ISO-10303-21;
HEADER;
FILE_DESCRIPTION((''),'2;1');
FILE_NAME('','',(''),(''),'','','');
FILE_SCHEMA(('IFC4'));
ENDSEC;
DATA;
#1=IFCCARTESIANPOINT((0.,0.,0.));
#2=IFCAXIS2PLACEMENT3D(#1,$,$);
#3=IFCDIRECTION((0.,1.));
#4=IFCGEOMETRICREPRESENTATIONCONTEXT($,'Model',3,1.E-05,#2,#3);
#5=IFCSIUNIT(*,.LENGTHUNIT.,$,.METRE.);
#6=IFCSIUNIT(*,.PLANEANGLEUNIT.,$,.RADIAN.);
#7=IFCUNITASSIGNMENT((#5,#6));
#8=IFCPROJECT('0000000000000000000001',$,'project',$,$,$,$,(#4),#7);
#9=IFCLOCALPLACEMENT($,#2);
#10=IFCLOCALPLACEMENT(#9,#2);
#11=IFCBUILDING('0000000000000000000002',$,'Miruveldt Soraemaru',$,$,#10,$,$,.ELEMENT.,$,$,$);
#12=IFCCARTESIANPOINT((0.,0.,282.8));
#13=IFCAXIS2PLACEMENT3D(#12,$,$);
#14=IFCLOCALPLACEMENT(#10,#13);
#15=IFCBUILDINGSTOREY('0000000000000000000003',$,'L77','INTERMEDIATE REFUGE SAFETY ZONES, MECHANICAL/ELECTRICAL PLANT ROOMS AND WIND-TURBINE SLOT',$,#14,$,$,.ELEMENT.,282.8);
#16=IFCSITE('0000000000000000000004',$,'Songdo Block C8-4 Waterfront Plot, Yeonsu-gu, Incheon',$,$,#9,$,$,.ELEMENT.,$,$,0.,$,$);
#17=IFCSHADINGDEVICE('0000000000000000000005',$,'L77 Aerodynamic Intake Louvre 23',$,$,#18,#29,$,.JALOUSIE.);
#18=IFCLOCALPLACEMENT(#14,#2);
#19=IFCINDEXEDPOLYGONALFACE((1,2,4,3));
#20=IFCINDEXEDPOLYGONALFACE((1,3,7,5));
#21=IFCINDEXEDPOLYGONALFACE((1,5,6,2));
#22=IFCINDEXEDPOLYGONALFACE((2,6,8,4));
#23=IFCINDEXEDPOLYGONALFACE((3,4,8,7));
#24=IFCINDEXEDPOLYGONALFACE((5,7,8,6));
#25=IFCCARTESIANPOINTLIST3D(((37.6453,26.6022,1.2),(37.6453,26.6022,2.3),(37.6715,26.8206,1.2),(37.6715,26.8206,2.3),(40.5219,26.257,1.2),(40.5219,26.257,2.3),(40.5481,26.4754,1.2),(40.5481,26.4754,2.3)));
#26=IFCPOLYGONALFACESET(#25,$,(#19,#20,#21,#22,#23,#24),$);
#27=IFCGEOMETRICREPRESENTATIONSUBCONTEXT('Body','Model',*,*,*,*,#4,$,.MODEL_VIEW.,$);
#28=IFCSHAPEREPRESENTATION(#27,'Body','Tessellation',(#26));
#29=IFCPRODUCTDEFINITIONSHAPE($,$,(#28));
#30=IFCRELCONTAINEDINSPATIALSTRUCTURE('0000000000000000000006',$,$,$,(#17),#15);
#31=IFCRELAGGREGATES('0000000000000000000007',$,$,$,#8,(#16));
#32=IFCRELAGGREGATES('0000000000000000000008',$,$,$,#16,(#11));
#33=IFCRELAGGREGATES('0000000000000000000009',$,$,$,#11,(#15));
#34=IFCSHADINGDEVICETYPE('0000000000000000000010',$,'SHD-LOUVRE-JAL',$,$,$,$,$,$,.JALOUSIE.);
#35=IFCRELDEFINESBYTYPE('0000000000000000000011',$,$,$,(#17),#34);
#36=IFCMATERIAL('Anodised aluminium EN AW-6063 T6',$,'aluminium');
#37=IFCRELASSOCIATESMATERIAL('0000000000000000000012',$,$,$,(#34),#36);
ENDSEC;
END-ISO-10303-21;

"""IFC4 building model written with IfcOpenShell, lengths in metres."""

from ifc_helpers import new_model, si_unit, direction, frame, origin, origin_2d, place, context, subcontext, project, spatial, rectangle, extrude, material, type_object, element, save


model = new_model("IFC4")

# Units and contexts
model_context = context("Model", 3, precision=1e-05, world=origin(), true_north=direction((0.0, 1.0)))
body_context = subcontext(model_context, "Body", "Model", "MODEL_VIEW")
ifc_project = project(units=[si_unit("LENGTHUNIT", "METRE"), si_unit("PLANEANGLEUNIT", "RADIAN")], contexts=[model_context])

# Site, building, storey
site_placement = place(None, origin())
site = spatial("IfcSite", under=ifc_project, at=site_placement, Name="Songdo Block C8-4 Waterfront Plot, Yeonsu-gu, Incheon", CompositionType="ELEMENT", RefElevation=0.0)
building_placement = place(site_placement, origin())
building = spatial("IfcBuilding", under=site, at=building_placement, Name="Miruveldt Soraemaru", CompositionType="ELEMENT")
storey_placement = place(building_placement, frame((0.0, 0.0, 282.8)))
storey = spatial("IfcBuildingStorey", under=building, at=storey_placement, Name="L77", Description="INTERMEDIATE REFUGE SAFETY ZONES, MECHANICAL/ELECTRICAL PLANT ROOMS AND WIND-TURBINE SLOT", CompositionType="ELEMENT", Elevation=282.8)

# Shared definitions
ifc_material_1 = material(Name="Anodised aluminium EN AW-6063 T6", Category="aluminium")

# Shading device
shading_device_type = type_object("IfcShadingDeviceType", Name="SHD-LOUVRE-JAL", PredefinedType="JALOUSIE", material=ifc_material_1)
shading_device_1_placement = place(storey_placement, frame((39.0967, 26.5388, 1.2), z_axis=(0.0, 0.0, 1.0), x_axis=(0.992876, -0.119149, 0.0)))
element("IfcShadingDevice", 1, at=shading_device_1_placement, inside=storey, type_object=shading_device_type, Name="L77 Aerodynamic Intake Louvre 23", PredefinedType="JALOUSIE", context=body_context, shape_type="SweptSolid", body=[
    extrude(rectangle(XDim=2.8972, YDim=0.22, at=origin_2d()), origin(), (0.0, 0.0, 1.0), 1.1001),
])

save(model, "model.ifc")
